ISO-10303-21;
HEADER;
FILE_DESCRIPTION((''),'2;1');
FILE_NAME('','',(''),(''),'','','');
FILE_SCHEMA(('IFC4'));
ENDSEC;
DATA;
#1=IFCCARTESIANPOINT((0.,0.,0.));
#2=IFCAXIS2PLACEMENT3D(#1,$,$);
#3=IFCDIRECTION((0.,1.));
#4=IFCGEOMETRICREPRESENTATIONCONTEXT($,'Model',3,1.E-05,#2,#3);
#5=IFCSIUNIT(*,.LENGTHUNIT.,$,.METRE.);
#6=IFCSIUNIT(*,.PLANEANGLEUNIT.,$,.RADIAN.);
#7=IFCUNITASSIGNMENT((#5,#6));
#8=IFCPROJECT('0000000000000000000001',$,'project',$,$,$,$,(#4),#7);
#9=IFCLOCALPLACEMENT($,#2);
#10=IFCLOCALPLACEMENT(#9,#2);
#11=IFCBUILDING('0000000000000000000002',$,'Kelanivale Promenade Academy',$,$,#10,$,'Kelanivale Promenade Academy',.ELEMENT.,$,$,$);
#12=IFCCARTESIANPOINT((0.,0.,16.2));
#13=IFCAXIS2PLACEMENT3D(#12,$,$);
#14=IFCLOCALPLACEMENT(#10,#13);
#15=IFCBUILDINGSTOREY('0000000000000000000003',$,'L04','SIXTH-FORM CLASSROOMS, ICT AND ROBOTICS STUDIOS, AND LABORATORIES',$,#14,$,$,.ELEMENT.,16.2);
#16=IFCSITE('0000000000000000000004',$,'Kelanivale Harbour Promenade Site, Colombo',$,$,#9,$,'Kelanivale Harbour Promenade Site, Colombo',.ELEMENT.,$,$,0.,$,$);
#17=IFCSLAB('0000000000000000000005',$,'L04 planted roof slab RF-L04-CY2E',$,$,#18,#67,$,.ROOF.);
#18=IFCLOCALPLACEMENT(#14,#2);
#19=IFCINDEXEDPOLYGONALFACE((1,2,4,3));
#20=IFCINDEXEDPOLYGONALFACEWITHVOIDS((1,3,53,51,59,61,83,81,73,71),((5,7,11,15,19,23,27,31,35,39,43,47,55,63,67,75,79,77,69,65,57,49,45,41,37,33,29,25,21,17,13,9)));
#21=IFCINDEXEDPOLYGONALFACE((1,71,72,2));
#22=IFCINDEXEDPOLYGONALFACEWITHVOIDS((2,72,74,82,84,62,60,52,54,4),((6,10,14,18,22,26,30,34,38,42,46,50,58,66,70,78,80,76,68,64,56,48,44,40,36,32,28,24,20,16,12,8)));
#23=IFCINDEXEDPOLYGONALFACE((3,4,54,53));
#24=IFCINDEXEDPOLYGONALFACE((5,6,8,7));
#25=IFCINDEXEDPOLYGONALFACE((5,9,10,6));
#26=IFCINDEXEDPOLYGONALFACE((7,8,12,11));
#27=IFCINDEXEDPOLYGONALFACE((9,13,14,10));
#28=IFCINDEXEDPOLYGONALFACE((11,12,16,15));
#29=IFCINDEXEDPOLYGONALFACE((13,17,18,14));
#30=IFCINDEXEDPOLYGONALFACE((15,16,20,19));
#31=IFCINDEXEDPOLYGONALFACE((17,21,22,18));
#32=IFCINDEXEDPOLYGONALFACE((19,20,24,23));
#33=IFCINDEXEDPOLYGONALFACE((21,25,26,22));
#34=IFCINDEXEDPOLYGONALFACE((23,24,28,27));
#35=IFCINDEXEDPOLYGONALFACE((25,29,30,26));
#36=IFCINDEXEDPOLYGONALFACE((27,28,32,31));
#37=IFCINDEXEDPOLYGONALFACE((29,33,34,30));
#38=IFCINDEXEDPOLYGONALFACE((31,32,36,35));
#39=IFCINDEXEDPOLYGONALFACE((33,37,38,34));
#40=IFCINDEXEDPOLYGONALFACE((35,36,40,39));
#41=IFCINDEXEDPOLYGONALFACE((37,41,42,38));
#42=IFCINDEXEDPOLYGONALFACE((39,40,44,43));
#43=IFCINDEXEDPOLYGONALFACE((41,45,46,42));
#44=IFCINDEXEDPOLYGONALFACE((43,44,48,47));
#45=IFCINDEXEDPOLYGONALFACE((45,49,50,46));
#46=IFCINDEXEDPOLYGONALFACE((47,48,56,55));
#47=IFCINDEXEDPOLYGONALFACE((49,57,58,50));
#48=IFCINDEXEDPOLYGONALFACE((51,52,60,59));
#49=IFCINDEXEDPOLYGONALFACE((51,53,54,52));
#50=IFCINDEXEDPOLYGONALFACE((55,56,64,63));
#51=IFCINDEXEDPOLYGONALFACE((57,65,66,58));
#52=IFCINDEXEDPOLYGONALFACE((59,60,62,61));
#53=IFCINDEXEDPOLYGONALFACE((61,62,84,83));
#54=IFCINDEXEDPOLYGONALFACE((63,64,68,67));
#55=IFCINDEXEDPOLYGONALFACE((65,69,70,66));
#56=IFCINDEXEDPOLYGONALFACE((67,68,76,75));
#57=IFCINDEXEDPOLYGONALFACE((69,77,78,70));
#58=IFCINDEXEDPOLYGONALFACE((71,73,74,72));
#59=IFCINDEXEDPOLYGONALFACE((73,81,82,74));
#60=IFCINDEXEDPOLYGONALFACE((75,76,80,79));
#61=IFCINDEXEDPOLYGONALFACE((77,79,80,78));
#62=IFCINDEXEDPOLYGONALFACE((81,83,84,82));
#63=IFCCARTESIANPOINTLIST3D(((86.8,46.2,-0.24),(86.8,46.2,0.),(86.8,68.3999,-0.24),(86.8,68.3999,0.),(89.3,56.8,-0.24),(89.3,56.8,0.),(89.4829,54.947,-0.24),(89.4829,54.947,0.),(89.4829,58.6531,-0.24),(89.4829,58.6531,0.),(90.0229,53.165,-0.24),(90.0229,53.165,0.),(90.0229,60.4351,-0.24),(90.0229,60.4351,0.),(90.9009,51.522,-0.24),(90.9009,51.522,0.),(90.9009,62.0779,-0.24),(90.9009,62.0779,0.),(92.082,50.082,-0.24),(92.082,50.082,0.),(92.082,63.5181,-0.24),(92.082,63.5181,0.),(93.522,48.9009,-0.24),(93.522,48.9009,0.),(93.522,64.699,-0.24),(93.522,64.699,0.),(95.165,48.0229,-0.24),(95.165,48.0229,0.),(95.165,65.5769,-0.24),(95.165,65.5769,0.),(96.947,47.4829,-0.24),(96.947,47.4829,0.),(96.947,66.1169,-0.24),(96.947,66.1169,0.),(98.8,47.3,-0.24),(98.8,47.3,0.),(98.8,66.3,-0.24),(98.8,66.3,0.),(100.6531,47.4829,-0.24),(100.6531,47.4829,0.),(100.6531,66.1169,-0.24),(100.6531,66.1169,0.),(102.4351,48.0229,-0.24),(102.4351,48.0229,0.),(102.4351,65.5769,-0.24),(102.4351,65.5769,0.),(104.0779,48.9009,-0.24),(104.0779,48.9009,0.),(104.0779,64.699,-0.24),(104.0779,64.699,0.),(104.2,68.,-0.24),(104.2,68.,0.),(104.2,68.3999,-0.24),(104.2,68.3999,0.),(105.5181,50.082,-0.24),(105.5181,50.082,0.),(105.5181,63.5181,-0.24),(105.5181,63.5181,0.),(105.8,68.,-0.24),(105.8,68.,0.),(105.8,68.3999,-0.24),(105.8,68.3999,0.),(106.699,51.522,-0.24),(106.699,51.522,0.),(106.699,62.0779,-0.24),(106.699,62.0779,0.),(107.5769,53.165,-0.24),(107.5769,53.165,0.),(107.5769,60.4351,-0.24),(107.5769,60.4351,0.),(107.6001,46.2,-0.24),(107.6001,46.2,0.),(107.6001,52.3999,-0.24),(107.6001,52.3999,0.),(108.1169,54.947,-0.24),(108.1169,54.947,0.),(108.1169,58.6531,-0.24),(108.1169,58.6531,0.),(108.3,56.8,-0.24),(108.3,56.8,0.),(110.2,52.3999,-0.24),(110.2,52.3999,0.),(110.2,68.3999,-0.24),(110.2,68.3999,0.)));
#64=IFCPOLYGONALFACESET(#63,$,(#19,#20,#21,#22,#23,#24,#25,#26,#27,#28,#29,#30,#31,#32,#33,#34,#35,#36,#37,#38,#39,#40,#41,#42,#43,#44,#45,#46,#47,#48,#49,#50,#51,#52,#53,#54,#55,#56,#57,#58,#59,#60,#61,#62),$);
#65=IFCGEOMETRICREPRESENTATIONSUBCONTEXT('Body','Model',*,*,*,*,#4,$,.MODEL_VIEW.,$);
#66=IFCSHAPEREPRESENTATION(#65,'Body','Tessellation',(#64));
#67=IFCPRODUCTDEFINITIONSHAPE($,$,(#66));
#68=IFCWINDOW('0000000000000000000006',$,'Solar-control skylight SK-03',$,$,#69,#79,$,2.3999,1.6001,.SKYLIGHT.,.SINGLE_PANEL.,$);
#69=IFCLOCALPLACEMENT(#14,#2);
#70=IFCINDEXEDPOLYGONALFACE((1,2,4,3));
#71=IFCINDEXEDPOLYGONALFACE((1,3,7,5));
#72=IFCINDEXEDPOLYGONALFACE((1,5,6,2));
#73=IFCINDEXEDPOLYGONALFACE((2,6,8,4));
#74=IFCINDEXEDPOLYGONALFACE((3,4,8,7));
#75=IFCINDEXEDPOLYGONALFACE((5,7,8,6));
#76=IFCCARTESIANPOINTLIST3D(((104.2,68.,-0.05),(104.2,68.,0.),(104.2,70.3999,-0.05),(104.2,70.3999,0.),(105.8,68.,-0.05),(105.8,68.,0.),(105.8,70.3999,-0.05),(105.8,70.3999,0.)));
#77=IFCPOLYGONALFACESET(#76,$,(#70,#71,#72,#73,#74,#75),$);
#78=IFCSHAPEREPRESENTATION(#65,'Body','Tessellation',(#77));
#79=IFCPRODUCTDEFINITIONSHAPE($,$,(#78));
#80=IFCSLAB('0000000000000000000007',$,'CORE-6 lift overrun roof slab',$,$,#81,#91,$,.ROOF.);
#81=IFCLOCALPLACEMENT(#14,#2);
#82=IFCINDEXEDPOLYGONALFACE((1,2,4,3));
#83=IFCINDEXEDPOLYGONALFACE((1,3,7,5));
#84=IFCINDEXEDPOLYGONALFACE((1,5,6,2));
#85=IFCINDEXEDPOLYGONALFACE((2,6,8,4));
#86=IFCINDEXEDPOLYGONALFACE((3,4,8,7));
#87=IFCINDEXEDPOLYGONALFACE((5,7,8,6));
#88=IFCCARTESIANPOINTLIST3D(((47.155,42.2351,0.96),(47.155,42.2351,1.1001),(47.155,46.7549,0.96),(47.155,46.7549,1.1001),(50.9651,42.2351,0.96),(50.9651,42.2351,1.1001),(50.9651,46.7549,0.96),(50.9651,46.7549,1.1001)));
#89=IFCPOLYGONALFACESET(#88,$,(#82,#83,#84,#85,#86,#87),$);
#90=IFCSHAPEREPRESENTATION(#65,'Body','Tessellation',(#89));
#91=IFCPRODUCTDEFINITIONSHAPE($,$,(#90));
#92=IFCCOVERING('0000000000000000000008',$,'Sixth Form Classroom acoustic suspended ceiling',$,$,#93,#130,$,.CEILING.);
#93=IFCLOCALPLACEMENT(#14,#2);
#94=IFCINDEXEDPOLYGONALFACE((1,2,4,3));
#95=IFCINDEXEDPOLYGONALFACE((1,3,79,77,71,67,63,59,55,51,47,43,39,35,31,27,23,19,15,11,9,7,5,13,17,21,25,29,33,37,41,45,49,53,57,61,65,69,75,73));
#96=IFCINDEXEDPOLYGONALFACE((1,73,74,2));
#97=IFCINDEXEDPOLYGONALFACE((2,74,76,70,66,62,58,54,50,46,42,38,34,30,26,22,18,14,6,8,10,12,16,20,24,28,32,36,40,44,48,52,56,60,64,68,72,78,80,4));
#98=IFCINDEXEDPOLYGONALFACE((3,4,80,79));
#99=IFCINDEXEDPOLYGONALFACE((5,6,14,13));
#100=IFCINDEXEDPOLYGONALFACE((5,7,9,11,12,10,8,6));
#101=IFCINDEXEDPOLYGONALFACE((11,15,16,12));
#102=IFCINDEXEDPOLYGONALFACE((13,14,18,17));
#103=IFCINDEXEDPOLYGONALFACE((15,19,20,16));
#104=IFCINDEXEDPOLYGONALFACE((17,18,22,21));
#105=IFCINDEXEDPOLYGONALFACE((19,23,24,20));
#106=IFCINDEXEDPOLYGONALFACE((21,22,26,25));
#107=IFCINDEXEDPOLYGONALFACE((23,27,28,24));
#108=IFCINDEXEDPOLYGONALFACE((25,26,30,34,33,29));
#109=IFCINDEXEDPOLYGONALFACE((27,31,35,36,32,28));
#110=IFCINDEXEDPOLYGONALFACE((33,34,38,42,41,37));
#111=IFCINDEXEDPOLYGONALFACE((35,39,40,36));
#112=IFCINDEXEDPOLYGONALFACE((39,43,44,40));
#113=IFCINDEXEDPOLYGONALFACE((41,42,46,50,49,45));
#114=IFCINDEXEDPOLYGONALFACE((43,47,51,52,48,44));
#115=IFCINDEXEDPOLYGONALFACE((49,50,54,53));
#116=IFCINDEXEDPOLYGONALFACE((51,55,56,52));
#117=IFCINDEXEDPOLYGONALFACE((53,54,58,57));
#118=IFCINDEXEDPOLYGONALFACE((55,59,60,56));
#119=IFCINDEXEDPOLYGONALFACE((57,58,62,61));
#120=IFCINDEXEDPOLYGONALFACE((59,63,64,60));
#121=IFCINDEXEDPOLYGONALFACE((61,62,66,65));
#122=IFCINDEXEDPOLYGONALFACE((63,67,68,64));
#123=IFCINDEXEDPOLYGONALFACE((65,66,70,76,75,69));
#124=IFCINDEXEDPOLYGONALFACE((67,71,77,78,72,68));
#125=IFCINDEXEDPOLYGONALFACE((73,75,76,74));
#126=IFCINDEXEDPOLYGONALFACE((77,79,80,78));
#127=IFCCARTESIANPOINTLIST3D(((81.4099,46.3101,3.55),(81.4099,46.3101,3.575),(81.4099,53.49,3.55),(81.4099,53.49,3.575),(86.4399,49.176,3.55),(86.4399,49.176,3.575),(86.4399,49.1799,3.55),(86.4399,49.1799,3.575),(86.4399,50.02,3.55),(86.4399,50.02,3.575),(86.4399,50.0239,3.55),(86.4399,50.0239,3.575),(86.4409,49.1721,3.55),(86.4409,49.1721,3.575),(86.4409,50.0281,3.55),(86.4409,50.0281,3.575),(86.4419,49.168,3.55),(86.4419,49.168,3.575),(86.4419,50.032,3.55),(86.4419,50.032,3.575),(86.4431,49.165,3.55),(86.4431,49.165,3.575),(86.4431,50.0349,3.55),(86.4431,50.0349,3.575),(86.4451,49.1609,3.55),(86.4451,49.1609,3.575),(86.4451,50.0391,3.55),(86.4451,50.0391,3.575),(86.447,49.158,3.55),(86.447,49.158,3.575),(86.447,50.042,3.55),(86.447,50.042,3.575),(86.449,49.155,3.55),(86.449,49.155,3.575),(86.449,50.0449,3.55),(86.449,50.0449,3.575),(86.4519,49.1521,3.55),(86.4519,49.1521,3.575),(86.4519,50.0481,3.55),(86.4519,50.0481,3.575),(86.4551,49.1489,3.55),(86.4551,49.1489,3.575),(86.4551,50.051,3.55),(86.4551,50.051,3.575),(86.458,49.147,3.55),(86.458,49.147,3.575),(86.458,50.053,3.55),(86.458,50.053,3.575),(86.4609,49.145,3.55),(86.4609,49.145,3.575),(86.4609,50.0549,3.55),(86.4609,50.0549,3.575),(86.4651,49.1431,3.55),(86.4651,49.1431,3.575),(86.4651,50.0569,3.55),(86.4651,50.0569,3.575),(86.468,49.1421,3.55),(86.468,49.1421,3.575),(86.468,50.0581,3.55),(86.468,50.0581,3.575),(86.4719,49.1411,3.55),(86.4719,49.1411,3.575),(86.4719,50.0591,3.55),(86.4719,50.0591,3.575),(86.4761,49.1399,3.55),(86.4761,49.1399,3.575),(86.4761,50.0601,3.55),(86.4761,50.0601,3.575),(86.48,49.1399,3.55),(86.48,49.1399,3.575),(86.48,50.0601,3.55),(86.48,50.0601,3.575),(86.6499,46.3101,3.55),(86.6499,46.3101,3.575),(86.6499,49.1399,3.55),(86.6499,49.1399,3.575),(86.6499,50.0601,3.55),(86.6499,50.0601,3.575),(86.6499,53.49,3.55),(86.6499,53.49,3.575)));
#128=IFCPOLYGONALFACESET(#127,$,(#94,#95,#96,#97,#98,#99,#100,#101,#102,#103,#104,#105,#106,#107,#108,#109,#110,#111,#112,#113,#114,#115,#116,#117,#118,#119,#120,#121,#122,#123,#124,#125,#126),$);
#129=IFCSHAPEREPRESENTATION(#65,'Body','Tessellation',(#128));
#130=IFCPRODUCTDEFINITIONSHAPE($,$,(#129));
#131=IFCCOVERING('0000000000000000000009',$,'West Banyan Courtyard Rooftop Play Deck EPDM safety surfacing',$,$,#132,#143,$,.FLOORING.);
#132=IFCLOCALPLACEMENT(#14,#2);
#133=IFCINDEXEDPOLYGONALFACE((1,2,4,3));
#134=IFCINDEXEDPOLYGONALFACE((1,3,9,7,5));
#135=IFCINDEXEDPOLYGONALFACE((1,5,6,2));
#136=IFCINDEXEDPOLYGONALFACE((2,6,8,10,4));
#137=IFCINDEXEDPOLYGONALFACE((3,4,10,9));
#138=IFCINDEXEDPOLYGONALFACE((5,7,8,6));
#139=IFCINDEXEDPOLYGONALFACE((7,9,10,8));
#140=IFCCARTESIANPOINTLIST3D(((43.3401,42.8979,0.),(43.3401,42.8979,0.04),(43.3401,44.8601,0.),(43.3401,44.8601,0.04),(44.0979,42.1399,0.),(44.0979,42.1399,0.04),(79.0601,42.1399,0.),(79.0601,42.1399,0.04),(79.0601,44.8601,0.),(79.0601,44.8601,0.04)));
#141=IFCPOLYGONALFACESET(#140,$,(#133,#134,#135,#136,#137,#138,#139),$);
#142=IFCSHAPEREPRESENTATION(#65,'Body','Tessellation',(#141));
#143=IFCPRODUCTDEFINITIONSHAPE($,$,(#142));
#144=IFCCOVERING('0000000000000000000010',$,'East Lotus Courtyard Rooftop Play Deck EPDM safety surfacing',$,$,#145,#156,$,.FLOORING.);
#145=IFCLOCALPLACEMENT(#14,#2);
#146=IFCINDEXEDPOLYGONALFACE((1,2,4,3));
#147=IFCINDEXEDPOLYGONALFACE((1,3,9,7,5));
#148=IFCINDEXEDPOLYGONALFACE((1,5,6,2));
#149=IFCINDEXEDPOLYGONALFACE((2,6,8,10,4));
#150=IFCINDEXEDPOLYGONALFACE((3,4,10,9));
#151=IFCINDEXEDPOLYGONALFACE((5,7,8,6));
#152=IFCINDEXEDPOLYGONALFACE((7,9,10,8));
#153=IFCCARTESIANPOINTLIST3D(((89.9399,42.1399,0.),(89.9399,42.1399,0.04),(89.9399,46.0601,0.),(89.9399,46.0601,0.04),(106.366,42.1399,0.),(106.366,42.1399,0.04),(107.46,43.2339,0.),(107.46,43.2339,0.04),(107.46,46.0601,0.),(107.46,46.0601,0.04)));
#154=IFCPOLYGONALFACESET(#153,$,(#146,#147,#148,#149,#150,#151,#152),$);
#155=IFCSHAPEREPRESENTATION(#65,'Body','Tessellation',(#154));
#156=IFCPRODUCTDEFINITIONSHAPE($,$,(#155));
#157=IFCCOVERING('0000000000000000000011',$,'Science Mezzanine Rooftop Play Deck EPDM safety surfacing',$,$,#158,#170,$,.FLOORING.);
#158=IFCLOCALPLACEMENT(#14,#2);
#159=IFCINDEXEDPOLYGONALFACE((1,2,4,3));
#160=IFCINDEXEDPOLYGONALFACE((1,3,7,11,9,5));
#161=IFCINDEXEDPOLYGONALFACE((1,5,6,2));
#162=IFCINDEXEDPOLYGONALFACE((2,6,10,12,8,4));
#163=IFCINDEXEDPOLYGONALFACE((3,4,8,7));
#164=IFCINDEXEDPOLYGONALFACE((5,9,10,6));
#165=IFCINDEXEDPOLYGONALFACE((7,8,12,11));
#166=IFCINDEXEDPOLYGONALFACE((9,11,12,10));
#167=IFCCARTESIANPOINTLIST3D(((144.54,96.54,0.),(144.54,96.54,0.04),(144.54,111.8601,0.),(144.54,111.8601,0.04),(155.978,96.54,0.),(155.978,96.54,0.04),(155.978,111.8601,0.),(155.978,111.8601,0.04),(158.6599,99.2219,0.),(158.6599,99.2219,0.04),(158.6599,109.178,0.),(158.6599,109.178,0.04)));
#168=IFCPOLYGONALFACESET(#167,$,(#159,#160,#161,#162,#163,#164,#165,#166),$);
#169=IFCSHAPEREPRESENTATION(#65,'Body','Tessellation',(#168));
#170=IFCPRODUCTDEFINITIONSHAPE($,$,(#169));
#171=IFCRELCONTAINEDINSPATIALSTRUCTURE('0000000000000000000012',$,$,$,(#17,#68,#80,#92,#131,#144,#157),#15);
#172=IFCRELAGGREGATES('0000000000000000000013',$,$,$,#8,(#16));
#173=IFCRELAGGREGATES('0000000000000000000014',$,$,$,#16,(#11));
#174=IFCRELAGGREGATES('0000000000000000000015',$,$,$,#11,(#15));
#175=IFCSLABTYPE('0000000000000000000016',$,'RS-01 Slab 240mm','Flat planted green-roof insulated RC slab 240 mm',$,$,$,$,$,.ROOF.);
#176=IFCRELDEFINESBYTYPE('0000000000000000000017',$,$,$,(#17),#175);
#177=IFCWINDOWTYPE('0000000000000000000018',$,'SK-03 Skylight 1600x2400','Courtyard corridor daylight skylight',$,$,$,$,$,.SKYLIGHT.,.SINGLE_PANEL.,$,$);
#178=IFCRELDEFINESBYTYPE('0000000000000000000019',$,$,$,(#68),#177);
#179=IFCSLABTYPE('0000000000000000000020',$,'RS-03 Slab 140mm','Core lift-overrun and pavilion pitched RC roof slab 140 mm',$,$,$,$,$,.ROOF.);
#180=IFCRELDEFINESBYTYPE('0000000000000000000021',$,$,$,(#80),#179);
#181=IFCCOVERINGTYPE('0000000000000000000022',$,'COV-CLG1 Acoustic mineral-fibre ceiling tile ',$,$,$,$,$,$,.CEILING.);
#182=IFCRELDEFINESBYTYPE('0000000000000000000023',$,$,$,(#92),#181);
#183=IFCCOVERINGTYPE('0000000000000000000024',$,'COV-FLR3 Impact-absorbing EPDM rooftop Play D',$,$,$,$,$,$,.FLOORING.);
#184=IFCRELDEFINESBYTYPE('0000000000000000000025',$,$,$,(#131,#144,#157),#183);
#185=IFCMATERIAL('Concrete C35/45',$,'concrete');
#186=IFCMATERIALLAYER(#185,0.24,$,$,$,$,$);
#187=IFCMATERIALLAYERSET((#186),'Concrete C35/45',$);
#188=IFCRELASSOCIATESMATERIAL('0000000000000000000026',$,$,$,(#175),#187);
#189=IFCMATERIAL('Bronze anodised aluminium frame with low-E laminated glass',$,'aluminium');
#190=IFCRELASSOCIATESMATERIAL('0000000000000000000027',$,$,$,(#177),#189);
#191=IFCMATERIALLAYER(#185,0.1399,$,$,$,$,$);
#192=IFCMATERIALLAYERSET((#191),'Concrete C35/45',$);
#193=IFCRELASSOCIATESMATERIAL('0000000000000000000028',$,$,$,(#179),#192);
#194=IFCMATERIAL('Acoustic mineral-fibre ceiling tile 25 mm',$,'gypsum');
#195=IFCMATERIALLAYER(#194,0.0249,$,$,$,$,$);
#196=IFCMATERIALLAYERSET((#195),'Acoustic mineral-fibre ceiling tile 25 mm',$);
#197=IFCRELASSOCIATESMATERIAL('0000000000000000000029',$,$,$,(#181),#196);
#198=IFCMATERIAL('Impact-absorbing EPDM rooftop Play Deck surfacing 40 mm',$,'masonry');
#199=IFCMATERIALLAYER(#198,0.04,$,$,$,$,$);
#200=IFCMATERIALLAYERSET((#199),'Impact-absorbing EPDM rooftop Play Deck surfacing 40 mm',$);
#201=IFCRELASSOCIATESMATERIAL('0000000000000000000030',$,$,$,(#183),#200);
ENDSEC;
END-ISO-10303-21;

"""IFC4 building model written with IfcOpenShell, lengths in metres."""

from ifc_helpers import new_model, si_unit, direction, frame, origin, origin_2d, place, context, subcontext, project, spatial, polyline, rectangle, outline, extrude, material, layer, layer_set, type_object, element, fill, save


model = new_model("IFC4")

# Units and contexts
model_context = context("Model", 3, precision=1e-05, world=origin(), true_north=direction((0.0, 1.0)))
body_context = subcontext(model_context, "Body", "Model", "MODEL_VIEW")
ifc_project = project(units=[si_unit("LENGTHUNIT", "METRE"), si_unit("PLANEANGLEUNIT", "RADIAN")], contexts=[model_context])

# Site, building, storey
site_placement = place(None, origin())
site = spatial("IfcSite", under=ifc_project, at=site_placement, Name="Kelanivale Harbour Promenade Site, Colombo", LongName="Kelanivale Harbour Promenade Site, Colombo", CompositionType="ELEMENT", RefElevation=0.0)
building_placement = place(site_placement, origin())
building = spatial("IfcBuilding", under=site, at=building_placement, Name="Kelanivale Promenade Academy", LongName="Kelanivale Promenade Academy", CompositionType="ELEMENT")
storey_placement = place(building_placement, frame((0.0, 0.0, 16.2)))
storey = spatial("IfcBuildingStorey", under=building, at=storey_placement, Name="L04", Description="SIXTH-FORM CLASSROOMS, ICT AND ROBOTICS STUDIOS, AND LABORATORIES", CompositionType="ELEMENT", Elevation=16.2)

# Shared definitions
ifc_material_1 = material(Name="Concrete C35/45", Category="concrete")

# Shared definitions
ifc_material_2 = material(Name="Bronze anodised aluminium frame with low-E laminated glass", Category="aluminium")

# Shared definitions
ifc_layer_1 = layer(ifc_material_1, 0.24)
ifc_layer_set_1 = layer_set([ifc_layer_1], Name="Concrete C35/45")
slab_type_1 = type_object("IfcSlabType", Name="RS-01 Slab 240mm", Description="Flat planted green-roof insulated RC slab 240 mm", PredefinedType="ROOF", material=ifc_layer_set_1)
window_type_1 = type_object("IfcWindowType", Name="SK-03 Skylight 1600x2400", Description="Courtyard corridor daylight skylight", PartitioningType="SINGLE_PANEL", PredefinedType="SKYLIGHT", material=ifc_material_2)

# Slab, opening, window
slab_1_placement = place(storey_placement, frame((0.0, 0.0, -0.24)))
slab_1 = element("IfcSlab", 1, at=slab_1_placement, inside=storey, type_object=slab_type_1, Name="L04 planted roof slab RF-L04-CY2E", PredefinedType="ROOF", context=body_context, shape_type="SweptSolid", body=[
    extrude(outline(polyline([(107.6001, 52.3999), (110.2, 52.3999), (110.2, 68.3999), (86.8, 68.3999), (86.8, 46.2), (107.6001, 46.2), (107.6001, 52.3999)]), holes=[polyline([(96.947, 66.1169), (98.8, 66.3), (100.6531, 66.1169), (102.4351, 65.5769), (104.0779, 64.699), (105.5181, 63.5181), (106.699, 62.0779), (107.5769, 60.4351), (108.1169, 58.6531), (108.3, 56.8), (108.1169, 54.947), (107.5769, 53.165), (106.699, 51.522), (105.5181, 50.082), (104.0779, 48.9009), (102.4351, 48.0229), (100.6531, 47.4829), (98.8, 47.3), (96.947, 47.4829), (95.165, 48.0229), (93.522, 48.9009), (92.082, 50.082), (90.9009, 51.522), (90.0229, 53.165), (89.4829, 54.947), (89.3, 56.8), (89.4829, 58.6531), (90.0229, 60.4351), (90.9009, 62.0779), (92.082, 63.5181), (93.522, 64.699), (95.165, 65.5769), (96.947, 66.1169)])]), origin(), (0.0, 0.0, 1.0), 0.24),
])
opening_1_placement = place(slab_1_placement, frame((105.0, 69.2, 0.0)))
opening_1 = element("IfcOpeningElement", 2, at=opening_1_placement, cuts=slab_1, PredefinedType="OPENING", context=body_context, shape_type="SweptSolid", body=[
    extrude(rectangle(XDim=1.6001, YDim=2.3999, at=origin_2d()), frame((0.0, 0.0, -0.01)), (0.0, 0.0, 1.0), 0.26),
])
window_1_placement = place(opening_1_placement, frame((0.0, 0.0, 0.1899)))
window_1 = element("IfcWindow", 3, at=window_1_placement, inside=storey, type_object=window_type_1, Name="Solar-control skylight SK-03", OverallHeight=2.3999, OverallWidth=1.6001, PartitioningType="SINGLE_PANEL", PredefinedType="SKYLIGHT", context=body_context, shape_type="SweptSolid", body=[
    extrude(rectangle(XDim=1.6001, YDim=2.3999, at=origin_2d()), origin(), (0.0, 0.0, 1.0), 0.05),
])
fill(opening_1, window_1)

# Slab
ifc_layer_2 = layer(ifc_material_1, 0.1399)
ifc_layer_set_2 = layer_set([ifc_layer_2], Name="Concrete C35/45")
slab_type_2 = type_object("IfcSlabType", Name="RS-03 Slab 140mm", Description="Core lift-overrun and pavilion pitched RC roof slab 140 mm", PredefinedType="ROOF", material=ifc_layer_set_2)
slab_2_placement = place(storey_placement, frame((0.0, 0.0, 0.96)))
element("IfcSlab", 4, at=slab_2_placement, inside=storey, type_object=slab_type_2, Name="CORE-6 lift overrun roof slab", PredefinedType="ROOF", context=body_context, shape_type="SweptSolid", body=[
    extrude(outline(polyline([(47.155, 42.2351), (50.9651, 42.2351), (50.9651, 46.7549), (47.155, 46.7549), (47.155, 42.2351)])), origin(), (0.0, 0.0, 1.0), 0.1401),
])

# Coverings
ifc_material_3 = material(Name="Acoustic mineral-fibre ceiling tile 25 mm", Category="gypsum")
ifc_layer_3 = layer(ifc_material_3, 0.0249)
ifc_layer_set_3 = layer_set([ifc_layer_3], Name="Acoustic mineral-fibre ceiling tile 25 mm")
covering_type_1 = type_object("IfcCoveringType", Name="COV-CLG1 Acoustic mineral-fibre ceiling tile ", PredefinedType="CEILING", material=ifc_layer_set_3)
covering_1_placement = place(storey_placement, frame((0.0, 0.0, 3.55)))
element("IfcCovering", 5, at=covering_1_placement, inside=storey, type_object=covering_type_1, Name="Sixth Form Classroom acoustic suspended ceiling", PredefinedType="CEILING", context=body_context, shape_type="SweptSolid", body=[
    extrude(outline(polyline([(86.6499, 46.3101), (86.6499, 49.1399), (86.48, 49.1399), (86.4761, 49.1399), (86.4719, 49.1411), (86.468, 49.1421), (86.4651, 49.1431), (86.4609, 49.145), (86.458, 49.147), (86.4551, 49.1489), (86.4519, 49.1521), (86.449, 49.155), (86.447, 49.158), (86.4451, 49.1609), (86.4431, 49.165), (86.4419, 49.168), (86.4409, 49.1721), (86.4399, 49.176), (86.4399, 49.1799), (86.4399, 50.02), (86.4399, 50.0239), (86.4409, 50.0281), (86.4419, 50.032), (86.4431, 50.0349), (86.4451, 50.0391), (86.447, 50.042), (86.449, 50.0449), (86.4519, 50.0481), (86.4551, 50.051), (86.458, 50.053), (86.4609, 50.0549), (86.4651, 50.0569), (86.468, 50.0581), (86.4719, 50.0591), (86.4761, 50.0601), (86.48, 50.0601), (86.6499, 50.0601), (86.6499, 53.49), (81.4099, 53.49), (81.4099, 46.3101), (86.6499, 46.3101)])), origin(), (0.0, 0.0, 1.0), 0.0249),
])
ifc_material_4 = material(Name="Impact-absorbing EPDM rooftop Play Deck surfacing 40 mm", Category="masonry")
ifc_layer_4 = layer(ifc_material_4, 0.04)
ifc_layer_set_4 = layer_set([ifc_layer_4], Name="Impact-absorbing EPDM rooftop Play Deck surfacing 40 mm")
covering_type_2 = type_object("IfcCoveringType", Name="COV-FLR3 Impact-absorbing EPDM rooftop Play D", PredefinedType="FLOORING", material=ifc_layer_set_4)
covering_2_placement = place(storey_placement, origin())
element("IfcCovering", 6, at=covering_2_placement, inside=storey, type_object=covering_type_2, Name="West Banyan Courtyard Rooftop Play Deck EPDM safety surfacing", PredefinedType="FLOORING", context=body_context, shape_type="SweptSolid", body=[
    extrude(outline(polyline([(44.0979, 42.1399), (79.0601, 42.1399), (79.0601, 44.8601), (43.3401, 44.8601), (43.3401, 42.8979), (44.0979, 42.1399)])), origin(), (0.0, 0.0, 1.0), 0.04),
])
covering_3_placement = place(storey_placement, origin())
element("IfcCovering", 7, at=covering_3_placement, inside=storey, type_object=covering_type_2, Name="East Lotus Courtyard Rooftop Play Deck EPDM safety surfacing", PredefinedType="FLOORING", context=body_context, shape_type="SweptSolid", body=[
    extrude(outline(polyline([(106.366, 42.1399), (107.46, 43.2339), (107.46, 46.0601), (89.9399, 46.0601), (89.9399, 42.1399), (106.366, 42.1399)])), origin(), (0.0, 0.0, 1.0), 0.04),
])
covering_4_placement = place(storey_placement, origin())
element("IfcCovering", 8, at=covering_4_placement, inside=storey, type_object=covering_type_2, Name="Science Mezzanine Rooftop Play Deck EPDM safety surfacing", PredefinedType="FLOORING", context=body_context, shape_type="SweptSolid", body=[
    extrude(outline(polyline([(155.978, 96.54), (158.6599, 99.2219), (158.6599, 109.178), (155.978, 111.8601), (144.54, 111.8601), (144.54, 96.54), (155.978, 96.54)])), origin(), (0.0, 0.0, 1.0), 0.04),
])

save(model, "model.ifc")
